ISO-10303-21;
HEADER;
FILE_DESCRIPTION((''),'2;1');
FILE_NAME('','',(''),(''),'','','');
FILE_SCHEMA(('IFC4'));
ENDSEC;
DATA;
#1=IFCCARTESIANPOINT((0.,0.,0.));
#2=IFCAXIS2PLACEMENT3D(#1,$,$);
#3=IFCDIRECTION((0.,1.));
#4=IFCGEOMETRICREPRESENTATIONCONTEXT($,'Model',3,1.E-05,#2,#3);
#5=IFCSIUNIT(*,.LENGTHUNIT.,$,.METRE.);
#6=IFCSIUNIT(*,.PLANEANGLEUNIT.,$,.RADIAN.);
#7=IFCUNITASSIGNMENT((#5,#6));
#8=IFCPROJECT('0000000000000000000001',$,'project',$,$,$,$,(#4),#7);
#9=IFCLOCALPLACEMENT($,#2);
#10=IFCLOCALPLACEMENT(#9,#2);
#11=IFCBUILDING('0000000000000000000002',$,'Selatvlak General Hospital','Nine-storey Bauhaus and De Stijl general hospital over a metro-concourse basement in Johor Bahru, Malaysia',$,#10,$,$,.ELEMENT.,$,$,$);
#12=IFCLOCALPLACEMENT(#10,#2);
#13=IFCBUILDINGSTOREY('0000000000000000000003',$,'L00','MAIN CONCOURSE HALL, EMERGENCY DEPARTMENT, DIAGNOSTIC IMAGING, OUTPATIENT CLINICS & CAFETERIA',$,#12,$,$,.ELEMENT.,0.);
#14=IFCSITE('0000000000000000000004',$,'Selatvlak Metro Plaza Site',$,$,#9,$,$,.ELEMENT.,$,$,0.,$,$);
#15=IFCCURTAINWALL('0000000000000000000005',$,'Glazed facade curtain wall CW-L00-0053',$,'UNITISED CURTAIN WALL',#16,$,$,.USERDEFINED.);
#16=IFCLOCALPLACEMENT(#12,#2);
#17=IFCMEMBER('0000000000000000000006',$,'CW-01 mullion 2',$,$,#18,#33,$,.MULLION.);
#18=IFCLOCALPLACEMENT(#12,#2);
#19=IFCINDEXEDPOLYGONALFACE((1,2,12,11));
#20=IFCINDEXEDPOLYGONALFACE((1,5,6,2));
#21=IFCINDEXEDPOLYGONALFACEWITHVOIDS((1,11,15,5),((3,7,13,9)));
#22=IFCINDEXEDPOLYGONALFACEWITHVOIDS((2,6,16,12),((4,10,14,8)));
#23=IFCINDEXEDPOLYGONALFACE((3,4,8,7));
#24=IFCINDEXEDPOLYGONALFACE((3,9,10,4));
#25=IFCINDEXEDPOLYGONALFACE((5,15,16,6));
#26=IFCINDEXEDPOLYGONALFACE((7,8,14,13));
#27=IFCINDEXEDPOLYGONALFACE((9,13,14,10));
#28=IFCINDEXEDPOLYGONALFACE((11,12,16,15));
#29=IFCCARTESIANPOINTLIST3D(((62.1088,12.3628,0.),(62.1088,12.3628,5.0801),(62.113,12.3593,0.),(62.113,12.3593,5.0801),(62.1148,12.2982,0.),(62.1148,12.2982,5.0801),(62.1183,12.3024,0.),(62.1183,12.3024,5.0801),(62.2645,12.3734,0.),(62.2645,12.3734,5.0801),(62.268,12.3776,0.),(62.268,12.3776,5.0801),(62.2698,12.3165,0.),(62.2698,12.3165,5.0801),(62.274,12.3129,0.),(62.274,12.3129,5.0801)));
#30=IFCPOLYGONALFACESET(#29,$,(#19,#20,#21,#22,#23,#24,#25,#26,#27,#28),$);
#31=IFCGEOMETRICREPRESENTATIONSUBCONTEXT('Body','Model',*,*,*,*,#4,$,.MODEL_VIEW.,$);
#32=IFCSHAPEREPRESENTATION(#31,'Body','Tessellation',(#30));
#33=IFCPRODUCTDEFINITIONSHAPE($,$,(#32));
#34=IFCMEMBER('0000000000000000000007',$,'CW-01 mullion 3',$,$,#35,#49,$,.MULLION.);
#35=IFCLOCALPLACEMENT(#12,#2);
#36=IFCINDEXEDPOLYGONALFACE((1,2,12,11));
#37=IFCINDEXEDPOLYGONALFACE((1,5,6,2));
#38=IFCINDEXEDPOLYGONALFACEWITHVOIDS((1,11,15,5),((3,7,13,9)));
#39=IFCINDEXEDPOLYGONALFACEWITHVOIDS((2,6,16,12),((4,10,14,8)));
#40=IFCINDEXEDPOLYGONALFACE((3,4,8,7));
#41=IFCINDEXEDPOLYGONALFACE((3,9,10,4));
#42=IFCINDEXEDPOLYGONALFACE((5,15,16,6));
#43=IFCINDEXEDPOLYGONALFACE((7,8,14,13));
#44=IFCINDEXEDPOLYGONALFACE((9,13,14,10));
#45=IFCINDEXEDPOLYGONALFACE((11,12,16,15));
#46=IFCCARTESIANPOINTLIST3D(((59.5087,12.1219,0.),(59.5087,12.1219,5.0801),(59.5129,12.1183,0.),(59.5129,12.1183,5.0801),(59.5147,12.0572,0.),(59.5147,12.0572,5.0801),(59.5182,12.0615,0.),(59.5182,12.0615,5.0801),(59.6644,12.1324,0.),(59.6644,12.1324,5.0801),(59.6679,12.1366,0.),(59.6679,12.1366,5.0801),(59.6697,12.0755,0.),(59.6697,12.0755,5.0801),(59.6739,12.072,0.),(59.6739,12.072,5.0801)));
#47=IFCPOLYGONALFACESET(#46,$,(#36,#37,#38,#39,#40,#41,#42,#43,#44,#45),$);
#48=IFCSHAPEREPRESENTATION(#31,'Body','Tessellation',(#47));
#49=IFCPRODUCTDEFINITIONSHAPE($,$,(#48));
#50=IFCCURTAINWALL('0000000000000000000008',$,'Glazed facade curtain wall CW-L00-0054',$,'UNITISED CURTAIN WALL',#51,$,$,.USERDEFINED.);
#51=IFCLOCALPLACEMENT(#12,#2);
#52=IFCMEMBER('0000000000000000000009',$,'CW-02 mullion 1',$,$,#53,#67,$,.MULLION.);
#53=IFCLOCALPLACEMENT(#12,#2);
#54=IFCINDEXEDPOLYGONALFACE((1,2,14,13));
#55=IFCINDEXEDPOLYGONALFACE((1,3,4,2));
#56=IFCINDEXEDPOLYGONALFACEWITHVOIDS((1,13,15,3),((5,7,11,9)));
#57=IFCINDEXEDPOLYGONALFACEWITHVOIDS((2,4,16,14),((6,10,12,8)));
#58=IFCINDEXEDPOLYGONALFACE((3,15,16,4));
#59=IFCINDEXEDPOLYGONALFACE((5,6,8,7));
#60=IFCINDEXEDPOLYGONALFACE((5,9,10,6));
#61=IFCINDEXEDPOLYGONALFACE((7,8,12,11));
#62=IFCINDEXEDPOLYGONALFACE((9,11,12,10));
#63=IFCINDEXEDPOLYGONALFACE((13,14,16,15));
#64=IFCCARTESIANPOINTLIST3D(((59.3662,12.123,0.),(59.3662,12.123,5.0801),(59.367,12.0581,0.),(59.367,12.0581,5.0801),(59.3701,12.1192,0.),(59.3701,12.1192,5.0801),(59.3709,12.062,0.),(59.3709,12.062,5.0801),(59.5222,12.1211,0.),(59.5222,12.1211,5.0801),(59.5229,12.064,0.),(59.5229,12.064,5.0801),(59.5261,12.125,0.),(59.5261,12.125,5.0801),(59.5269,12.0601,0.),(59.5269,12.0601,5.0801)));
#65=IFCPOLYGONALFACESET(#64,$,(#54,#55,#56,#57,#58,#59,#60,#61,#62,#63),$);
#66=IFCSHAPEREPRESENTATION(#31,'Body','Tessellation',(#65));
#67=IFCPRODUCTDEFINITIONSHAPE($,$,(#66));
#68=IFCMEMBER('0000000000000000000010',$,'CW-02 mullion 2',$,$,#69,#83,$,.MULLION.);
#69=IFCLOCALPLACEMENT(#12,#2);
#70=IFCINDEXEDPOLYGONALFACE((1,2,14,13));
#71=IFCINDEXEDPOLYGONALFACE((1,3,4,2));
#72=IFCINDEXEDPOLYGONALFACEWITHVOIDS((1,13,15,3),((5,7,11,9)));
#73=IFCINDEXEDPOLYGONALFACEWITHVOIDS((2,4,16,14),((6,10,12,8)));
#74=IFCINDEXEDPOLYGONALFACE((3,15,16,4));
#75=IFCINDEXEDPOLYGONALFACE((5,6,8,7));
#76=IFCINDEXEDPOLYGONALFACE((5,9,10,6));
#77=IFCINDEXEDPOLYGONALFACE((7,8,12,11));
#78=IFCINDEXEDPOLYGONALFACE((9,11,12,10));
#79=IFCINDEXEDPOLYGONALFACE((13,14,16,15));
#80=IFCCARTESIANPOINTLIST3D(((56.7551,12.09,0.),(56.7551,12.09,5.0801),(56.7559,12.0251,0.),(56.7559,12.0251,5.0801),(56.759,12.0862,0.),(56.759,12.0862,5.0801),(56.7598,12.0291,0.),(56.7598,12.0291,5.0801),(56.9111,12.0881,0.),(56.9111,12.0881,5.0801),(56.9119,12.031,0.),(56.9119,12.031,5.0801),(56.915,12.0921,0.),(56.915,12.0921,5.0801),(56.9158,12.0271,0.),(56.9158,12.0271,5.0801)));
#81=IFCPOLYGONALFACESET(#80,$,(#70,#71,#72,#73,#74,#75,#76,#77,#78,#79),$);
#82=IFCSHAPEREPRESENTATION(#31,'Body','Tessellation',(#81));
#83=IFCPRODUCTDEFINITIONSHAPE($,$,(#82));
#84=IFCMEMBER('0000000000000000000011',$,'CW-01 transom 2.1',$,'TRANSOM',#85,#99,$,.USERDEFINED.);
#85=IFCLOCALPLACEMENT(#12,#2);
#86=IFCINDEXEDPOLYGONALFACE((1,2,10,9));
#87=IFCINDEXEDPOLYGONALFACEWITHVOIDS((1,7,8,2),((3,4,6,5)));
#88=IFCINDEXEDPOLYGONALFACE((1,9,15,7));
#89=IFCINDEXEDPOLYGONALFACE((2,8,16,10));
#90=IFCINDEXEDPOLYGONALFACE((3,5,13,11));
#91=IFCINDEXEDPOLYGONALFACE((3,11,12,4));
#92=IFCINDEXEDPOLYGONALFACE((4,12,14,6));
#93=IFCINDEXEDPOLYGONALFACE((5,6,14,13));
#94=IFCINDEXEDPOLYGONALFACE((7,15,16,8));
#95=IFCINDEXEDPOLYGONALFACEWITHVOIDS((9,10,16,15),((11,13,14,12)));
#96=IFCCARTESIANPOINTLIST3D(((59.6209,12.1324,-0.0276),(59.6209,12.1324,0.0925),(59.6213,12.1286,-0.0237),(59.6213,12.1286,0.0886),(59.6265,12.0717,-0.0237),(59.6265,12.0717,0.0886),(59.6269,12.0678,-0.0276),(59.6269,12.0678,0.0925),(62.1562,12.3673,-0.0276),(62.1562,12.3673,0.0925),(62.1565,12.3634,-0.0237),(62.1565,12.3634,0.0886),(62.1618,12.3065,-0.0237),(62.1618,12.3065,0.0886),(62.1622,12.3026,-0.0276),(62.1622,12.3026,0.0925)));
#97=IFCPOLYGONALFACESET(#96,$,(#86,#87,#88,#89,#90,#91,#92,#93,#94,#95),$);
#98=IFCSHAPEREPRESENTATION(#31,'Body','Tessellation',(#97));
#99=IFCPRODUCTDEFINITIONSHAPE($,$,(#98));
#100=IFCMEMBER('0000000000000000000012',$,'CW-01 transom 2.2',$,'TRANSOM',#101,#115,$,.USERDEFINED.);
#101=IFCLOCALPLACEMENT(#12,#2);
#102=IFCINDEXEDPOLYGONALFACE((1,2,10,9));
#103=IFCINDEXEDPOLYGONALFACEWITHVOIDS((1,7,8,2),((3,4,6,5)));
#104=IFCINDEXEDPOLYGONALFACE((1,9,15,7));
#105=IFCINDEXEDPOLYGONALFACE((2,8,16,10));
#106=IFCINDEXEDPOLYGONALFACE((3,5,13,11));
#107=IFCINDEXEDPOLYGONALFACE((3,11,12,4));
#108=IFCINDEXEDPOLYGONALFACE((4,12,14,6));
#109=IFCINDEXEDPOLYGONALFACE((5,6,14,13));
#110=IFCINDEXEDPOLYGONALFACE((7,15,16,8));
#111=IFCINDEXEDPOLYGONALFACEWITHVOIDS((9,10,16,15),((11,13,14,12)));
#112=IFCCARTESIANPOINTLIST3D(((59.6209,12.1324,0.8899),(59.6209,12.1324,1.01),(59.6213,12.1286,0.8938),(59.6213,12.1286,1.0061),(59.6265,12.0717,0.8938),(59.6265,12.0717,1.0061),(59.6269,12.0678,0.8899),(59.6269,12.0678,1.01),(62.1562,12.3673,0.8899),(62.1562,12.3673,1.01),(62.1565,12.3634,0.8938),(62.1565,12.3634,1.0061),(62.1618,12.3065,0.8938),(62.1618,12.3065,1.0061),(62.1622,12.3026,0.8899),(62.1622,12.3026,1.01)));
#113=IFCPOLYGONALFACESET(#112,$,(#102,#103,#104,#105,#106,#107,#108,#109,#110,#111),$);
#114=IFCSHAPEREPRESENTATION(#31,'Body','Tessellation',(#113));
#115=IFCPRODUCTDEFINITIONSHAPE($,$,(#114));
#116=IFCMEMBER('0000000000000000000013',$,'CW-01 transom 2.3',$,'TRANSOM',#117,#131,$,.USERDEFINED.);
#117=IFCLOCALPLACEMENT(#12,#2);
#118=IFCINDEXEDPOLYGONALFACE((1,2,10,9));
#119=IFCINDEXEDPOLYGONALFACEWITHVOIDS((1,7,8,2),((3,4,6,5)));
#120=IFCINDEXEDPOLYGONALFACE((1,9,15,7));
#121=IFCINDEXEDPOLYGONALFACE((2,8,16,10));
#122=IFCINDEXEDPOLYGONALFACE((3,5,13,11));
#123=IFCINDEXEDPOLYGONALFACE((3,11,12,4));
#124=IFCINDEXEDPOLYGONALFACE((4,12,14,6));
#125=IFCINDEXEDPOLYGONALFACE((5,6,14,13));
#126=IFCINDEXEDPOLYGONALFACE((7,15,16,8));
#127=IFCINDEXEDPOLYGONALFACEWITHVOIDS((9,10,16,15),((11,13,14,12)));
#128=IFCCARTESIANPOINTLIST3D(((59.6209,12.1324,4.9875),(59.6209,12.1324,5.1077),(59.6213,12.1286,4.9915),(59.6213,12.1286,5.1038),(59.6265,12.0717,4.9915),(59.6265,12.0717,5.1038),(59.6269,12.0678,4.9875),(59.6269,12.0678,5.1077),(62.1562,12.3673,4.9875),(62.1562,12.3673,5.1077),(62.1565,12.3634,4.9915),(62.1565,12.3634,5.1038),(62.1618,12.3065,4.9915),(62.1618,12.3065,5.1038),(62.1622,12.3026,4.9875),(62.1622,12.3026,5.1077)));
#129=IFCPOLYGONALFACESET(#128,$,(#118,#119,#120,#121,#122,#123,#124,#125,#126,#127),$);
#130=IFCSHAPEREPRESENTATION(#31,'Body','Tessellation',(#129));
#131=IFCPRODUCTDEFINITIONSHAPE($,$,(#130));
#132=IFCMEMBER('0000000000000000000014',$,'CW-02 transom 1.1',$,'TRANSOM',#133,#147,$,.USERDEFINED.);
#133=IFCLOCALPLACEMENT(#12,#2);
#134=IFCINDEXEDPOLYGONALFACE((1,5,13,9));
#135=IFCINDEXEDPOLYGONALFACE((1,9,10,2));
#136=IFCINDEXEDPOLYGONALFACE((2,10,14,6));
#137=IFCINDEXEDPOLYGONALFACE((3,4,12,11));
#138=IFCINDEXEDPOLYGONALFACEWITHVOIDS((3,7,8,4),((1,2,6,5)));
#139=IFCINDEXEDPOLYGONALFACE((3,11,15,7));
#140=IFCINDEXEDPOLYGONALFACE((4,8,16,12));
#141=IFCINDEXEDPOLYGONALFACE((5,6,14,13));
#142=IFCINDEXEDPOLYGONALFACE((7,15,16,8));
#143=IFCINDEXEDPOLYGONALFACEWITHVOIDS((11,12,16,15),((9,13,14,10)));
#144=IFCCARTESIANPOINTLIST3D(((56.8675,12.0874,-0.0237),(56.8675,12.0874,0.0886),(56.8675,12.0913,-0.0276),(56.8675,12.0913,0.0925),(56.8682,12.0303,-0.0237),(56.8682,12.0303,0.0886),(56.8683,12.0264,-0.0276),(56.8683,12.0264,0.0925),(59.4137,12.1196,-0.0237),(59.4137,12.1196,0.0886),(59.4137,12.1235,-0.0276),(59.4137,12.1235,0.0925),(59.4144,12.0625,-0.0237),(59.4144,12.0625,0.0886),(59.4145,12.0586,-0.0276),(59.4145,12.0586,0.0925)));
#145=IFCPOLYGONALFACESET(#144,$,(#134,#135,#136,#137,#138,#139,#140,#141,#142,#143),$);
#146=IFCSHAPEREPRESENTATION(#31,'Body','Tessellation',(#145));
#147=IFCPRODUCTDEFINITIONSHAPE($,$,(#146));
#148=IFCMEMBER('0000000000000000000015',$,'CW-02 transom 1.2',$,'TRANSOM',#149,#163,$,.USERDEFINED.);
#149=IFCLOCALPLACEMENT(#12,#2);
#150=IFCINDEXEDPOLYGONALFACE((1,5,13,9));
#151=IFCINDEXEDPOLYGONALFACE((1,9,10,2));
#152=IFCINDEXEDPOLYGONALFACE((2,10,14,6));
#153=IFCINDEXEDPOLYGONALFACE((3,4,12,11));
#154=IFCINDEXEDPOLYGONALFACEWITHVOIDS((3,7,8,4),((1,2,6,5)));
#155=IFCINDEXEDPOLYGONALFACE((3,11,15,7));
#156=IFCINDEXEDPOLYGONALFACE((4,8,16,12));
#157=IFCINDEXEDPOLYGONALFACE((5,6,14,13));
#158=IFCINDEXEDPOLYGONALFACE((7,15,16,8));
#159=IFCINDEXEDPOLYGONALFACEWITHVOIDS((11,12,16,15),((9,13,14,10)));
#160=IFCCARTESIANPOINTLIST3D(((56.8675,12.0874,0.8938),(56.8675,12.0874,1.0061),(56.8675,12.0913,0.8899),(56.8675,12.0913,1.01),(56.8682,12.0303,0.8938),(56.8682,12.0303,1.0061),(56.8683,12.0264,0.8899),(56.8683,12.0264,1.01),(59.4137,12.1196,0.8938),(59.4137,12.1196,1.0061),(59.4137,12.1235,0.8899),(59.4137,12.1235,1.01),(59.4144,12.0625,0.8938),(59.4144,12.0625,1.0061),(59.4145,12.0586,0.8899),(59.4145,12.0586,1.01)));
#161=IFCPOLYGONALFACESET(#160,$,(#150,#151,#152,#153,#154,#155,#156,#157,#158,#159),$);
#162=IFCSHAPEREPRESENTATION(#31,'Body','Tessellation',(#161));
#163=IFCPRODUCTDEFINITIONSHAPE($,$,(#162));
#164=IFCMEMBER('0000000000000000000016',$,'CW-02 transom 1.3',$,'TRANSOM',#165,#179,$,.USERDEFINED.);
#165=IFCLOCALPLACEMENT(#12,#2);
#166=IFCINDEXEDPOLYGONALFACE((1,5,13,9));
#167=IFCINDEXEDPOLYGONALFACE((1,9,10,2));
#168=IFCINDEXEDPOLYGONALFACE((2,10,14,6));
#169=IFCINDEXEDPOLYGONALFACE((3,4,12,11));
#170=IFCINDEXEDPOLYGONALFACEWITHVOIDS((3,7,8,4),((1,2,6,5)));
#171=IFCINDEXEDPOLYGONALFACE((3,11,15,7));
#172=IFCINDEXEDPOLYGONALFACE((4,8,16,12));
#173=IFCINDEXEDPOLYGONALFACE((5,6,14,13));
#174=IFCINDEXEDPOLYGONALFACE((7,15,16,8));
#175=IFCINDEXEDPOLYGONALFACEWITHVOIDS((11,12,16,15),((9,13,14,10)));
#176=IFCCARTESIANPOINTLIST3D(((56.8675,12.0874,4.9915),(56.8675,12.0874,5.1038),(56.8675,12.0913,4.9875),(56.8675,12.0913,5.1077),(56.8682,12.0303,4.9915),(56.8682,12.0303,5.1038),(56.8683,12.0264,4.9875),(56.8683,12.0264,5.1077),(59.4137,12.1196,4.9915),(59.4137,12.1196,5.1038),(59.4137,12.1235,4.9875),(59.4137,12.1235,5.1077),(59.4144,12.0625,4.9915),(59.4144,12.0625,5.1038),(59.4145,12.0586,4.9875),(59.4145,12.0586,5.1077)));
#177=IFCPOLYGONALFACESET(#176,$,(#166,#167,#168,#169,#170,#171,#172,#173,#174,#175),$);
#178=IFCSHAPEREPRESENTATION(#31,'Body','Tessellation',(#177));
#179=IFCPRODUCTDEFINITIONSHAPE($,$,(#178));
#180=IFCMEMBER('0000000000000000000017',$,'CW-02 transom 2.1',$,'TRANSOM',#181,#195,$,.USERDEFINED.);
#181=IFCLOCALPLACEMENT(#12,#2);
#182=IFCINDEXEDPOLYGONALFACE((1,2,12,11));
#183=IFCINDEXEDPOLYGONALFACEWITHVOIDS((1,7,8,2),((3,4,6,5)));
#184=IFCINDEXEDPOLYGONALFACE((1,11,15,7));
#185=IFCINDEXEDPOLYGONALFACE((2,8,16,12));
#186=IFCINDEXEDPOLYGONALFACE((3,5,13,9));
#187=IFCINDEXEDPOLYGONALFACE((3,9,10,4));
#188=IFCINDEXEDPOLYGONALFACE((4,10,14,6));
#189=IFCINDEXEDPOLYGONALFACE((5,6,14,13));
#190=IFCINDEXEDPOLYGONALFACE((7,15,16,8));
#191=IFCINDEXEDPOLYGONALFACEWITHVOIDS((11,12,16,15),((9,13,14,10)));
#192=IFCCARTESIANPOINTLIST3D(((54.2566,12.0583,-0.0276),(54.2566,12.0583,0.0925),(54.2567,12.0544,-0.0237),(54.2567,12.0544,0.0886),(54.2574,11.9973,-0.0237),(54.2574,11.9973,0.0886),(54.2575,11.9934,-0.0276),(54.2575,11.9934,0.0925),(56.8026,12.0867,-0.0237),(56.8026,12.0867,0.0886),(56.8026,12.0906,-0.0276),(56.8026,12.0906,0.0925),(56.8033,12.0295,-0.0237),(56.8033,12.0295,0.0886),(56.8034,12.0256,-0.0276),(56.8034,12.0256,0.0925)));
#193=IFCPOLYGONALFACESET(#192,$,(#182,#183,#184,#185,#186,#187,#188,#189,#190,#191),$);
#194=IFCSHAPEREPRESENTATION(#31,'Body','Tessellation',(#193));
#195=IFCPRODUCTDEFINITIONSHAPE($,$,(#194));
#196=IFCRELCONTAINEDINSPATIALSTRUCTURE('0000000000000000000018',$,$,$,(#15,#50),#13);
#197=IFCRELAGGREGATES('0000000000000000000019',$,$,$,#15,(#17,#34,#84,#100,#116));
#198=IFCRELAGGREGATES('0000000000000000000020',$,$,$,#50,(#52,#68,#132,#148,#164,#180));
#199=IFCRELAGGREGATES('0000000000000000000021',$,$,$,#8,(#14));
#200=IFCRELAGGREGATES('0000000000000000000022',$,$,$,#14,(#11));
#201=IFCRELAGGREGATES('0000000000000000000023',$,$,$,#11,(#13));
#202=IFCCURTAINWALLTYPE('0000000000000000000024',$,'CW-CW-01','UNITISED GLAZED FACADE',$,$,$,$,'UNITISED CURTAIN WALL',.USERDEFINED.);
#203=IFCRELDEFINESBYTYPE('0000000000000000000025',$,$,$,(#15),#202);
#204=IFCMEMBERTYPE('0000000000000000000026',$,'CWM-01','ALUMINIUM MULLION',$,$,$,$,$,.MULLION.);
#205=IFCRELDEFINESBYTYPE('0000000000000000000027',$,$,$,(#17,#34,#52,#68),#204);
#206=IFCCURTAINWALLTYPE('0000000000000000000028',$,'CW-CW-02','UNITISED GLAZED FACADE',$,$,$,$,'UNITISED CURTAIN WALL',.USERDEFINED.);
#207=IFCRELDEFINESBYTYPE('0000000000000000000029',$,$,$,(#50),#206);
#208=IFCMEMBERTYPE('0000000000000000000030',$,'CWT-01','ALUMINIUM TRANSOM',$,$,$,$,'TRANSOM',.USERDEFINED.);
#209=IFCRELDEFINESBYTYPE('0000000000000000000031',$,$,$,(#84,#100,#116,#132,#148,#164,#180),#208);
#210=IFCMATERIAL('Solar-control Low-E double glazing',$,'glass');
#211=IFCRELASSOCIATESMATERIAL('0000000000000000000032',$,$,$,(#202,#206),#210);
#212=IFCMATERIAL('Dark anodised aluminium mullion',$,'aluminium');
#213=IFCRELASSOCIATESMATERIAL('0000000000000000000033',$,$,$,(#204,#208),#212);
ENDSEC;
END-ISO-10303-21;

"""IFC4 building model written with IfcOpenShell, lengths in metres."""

from ifc_helpers import new_model, si_unit, direction, frame, origin, origin_2d, place, context, subcontext, project, spatial, hollow_rectangle, extrude, material, material_profile, profile_set, type_object, element, aggregate, save


model = new_model("IFC4")

# Units and contexts
model_context = context("Model", 3, precision=1e-05, world=origin(), true_north=direction((0.0, 1.0)))
body_context = subcontext(model_context, "Body", "Model", "MODEL_VIEW")
ifc_project = project(units=[si_unit("LENGTHUNIT", "METRE"), si_unit("PLANEANGLEUNIT", "RADIAN")], contexts=[model_context])

# Site, building, storey
site_placement = place(None, origin())
site = spatial("IfcSite", under=ifc_project, at=site_placement, Name="Selatvlak Metro Plaza Site", CompositionType="ELEMENT", RefElevation=0.0)
building_placement = place(site_placement, origin())
building = spatial("IfcBuilding", under=site, at=building_placement, Name="Selatvlak General Hospital", Description="Nine-storey Bauhaus and De Stijl general hospital over a metro-concourse basement in Johor Bahru, Malaysia", CompositionType="ELEMENT")
storey_placement = place(building_placement, origin())
storey = spatial("IfcBuildingStorey", under=building, at=storey_placement, Name="L00", Description="MAIN CONCOURSE HALL, EMERGENCY DEPARTMENT, DIAGNOSTIC IMAGING, OUTPATIENT CLINICS & CAFETERIA", CompositionType="ELEMENT", Elevation=0.0)

# Curtain walls, members
ifc_material_1 = material(Name="Solar-control Low-E double glazing", Category="glass")
curtain_wall_type_1 = type_object("IfcCurtainWallType", Name="CW-CW-01", Description="UNITISED GLAZED FACADE", ElementType="UNITISED CURTAIN WALL", PredefinedType="USERDEFINED", material=ifc_material_1)
curtain_wall_1_placement = place(storey_placement, origin())
curtain_wall_1 = element("IfcCurtainWall", 1, at=curtain_wall_1_placement, inside=storey, type_object=curtain_wall_type_1, Name="Glazed facade curtain wall CW-L00-0053", ObjectType="UNITISED CURTAIN WALL", PredefinedType="USERDEFINED")
ifc_material_2 = material(Name="Dark anodised aluminium mullion", Category="aluminium")
ifc_material_profile_1 = material_profile(ifc_material_2, hollow_rectangle(XDim=0.0649, YDim=0.1599, WallThickness=0.0039, at=origin_2d()), Name="AL-MUL 65x160x4")
ifc_profile_set_1 = profile_set([ifc_material_profile_1], Name="Dark anodised aluminium mullion")
member_type_1 = type_object("IfcMemberType", Name="CWM-01", Description="ALUMINIUM MULLION", PredefinedType="MULLION", material=ifc_profile_set_1)
member_1_placement = place(storey_placement, frame((62.1914, 12.3379, 0.0), z_axis=(0.0, 0.0, 1.0), x_axis=(0.092292, -0.995732, 0.0)))
member_1 = element("IfcMember", 2, at=member_1_placement, type_object=member_type_1, Name="CW-01 mullion 2", PredefinedType="MULLION", context=body_context, shape_type="SweptSolid", body=[
    extrude(hollow_rectangle(XDim=0.0649, YDim=0.1599, WallThickness=0.0039, at=origin_2d()), origin(), (0.0, 0.0, 1.0), 5.0801),
])
member_2_placement = place(storey_placement, frame((59.5913, 12.0969, 0.0), z_axis=(0.0, 0.0, 1.0), x_axis=(0.092292, -0.995732, 0.0)))
member_2 = element("IfcMember", 3, at=member_2_placement, type_object=member_type_1, Name="CW-01 mullion 3", PredefinedType="MULLION", context=body_context, shape_type="SweptSolid", body=[
    extrude(hollow_rectangle(XDim=0.0649, YDim=0.1599, WallThickness=0.0039, at=origin_2d()), origin(), (0.0, 0.0, 1.0), 5.0801),
])
curtain_wall_type_2 = type_object("IfcCurtainWallType", Name="CW-CW-02", Description="UNITISED GLAZED FACADE", ElementType="UNITISED CURTAIN WALL", PredefinedType="USERDEFINED", material=ifc_material_1)
curtain_wall_2_placement = place(storey_placement, origin())
curtain_wall_2 = element("IfcCurtainWall", 4, at=curtain_wall_2_placement, inside=storey, type_object=curtain_wall_type_2, Name="Glazed facade curtain wall CW-L00-0054", ObjectType="UNITISED CURTAIN WALL", PredefinedType="USERDEFINED")
member_3_placement = place(storey_placement, frame((59.4465, 12.0916, 0.0), z_axis=(0.0, 0.0, 1.0), x_axis=(0.012672, -0.99992, 0.0)))
member_3 = element("IfcMember", 5, at=member_3_placement, type_object=member_type_1, Name="CW-02 mullion 1", PredefinedType="MULLION", context=body_context, shape_type="SweptSolid", body=[
    extrude(hollow_rectangle(XDim=0.0649, YDim=0.1599, WallThickness=0.0039, at=origin_2d()), origin(), (0.0, 0.0, 1.0), 5.0801),
])
member_4_placement = place(storey_placement, frame((56.8354, 12.0586, 0.0), z_axis=(0.0, 0.0, 1.0), x_axis=(0.012672, -0.99992, 0.0)))
member_4 = element("IfcMember", 6, at=member_4_placement, type_object=member_type_1, Name="CW-02 mullion 2", PredefinedType="MULLION", context=body_context, shape_type="SweptSolid", body=[
    extrude(hollow_rectangle(XDim=0.0649, YDim=0.1599, WallThickness=0.0039, at=origin_2d()), origin(), (0.0, 0.0, 1.0), 5.0801),
])

# Members
ifc_material_profile_2 = material_profile(ifc_material_2, hollow_rectangle(XDim=0.0649, YDim=0.1201, WallThickness=0.0039, at=origin_2d()), Name="AL-TRN 65x120x4")
ifc_profile_set_2 = profile_set([ifc_material_profile_2], Name="Dark anodised aluminium mullion")
member_type_2 = type_object("IfcMemberType", Name="CWT-01", Description="ALUMINIUM TRANSOM", ElementType="TRANSOM", PredefinedType="USERDEFINED", material=ifc_profile_set_2)
member_5_placement = place(storey_placement, frame((62.1592, 12.335, 0.0325), z_axis=(-0.995737, -0.092239, 0.0), x_axis=(0.092239, -0.995737, 0.0)))
member_5 = element("IfcMember", 7, at=member_5_placement, type_object=member_type_2, Name="CW-01 transom 2.1", ObjectType="TRANSOM", PredefinedType="USERDEFINED", context=body_context, shape_type="SweptSolid", body=[
    extrude(hollow_rectangle(XDim=0.0649, YDim=0.1201, WallThickness=0.0039, at=origin_2d()), origin(), (0.0, 0.0, 1.0), 2.5461),
])
member_6_placement = place(storey_placement, frame((62.1592, 12.335, 0.95), z_axis=(-0.995737, -0.092239, 0.0), x_axis=(0.092239, -0.995737, 0.0)))
member_6 = element("IfcMember", 8, at=member_6_placement, type_object=member_type_2, Name="CW-01 transom 2.2", ObjectType="TRANSOM", PredefinedType="USERDEFINED", context=body_context, shape_type="SweptSolid", body=[
    extrude(hollow_rectangle(XDim=0.0649, YDim=0.1201, WallThickness=0.0039, at=origin_2d()), origin(), (0.0, 0.0, 1.0), 2.5461),
])
member_7_placement = place(storey_placement, frame((62.1592, 12.335, 5.0476), z_axis=(-0.995737, -0.092239, 0.0), x_axis=(0.092239, -0.995737, 0.0)))
member_7 = element("IfcMember", 9, at=member_7_placement, type_object=member_type_2, Name="CW-01 transom 2.3", ObjectType="TRANSOM", PredefinedType="USERDEFINED", context=body_context, shape_type="SweptSolid", body=[
    extrude(hollow_rectangle(XDim=0.0649, YDim=0.1201, WallThickness=0.0039, at=origin_2d()), origin(), (0.0, 0.0, 1.0), 2.5461),
])
member_8_placement = place(storey_placement, frame((59.4141, 12.0911, 0.0325), z_axis=(-0.99992, -0.012656, 0.0), x_axis=(0.012656, -0.99992, 0.0)))
member_8 = element("IfcMember", 10, at=member_8_placement, type_object=member_type_2, Name="CW-02 transom 1.1", ObjectType="TRANSOM", PredefinedType="USERDEFINED", context=body_context, shape_type="SweptSolid", body=[
    extrude(hollow_rectangle(XDim=0.0649, YDim=0.1201, WallThickness=0.0039, at=origin_2d()), origin(), (0.0, 0.0, 1.0), 2.5464),
])
member_9_placement = place(storey_placement, frame((59.4141, 12.0911, 0.95), z_axis=(-0.99992, -0.012656, 0.0), x_axis=(0.012656, -0.99992, 0.0)))
member_9 = element("IfcMember", 11, at=member_9_placement, type_object=member_type_2, Name="CW-02 transom 1.2", ObjectType="TRANSOM", PredefinedType="USERDEFINED", context=body_context, shape_type="SweptSolid", body=[
    extrude(hollow_rectangle(XDim=0.0649, YDim=0.1201, WallThickness=0.0039, at=origin_2d()), origin(), (0.0, 0.0, 1.0), 2.5464),
])
member_10_placement = place(storey_placement, frame((59.4141, 12.0911, 5.0476), z_axis=(-0.99992, -0.012656, 0.0), x_axis=(0.012656, -0.99992, 0.0)))
member_10 = element("IfcMember", 12, at=member_10_placement, type_object=member_type_2, Name="CW-02 transom 1.3", ObjectType="TRANSOM", PredefinedType="USERDEFINED", context=body_context, shape_type="SweptSolid", body=[
    extrude(hollow_rectangle(XDim=0.0649, YDim=0.1201, WallThickness=0.0039, at=origin_2d()), origin(), (0.0, 0.0, 1.0), 2.5464),
])
member_11_placement = place(storey_placement, frame((56.803, 12.0581, 0.0325), z_axis=(-0.99992, -0.012657, 0.0), x_axis=(0.012657, -0.99992, 0.0)))
member_11 = element("IfcMember", 13, at=member_11_placement, type_object=member_type_2, Name="CW-02 transom 2.1", ObjectType="TRANSOM", PredefinedType="USERDEFINED", context=body_context, shape_type="SweptSolid", body=[
    extrude(hollow_rectangle(XDim=0.0649, YDim=0.1201, WallThickness=0.0039, at=origin_2d()), origin(), (0.0, 0.0, 1.0), 2.5461),
])

aggregate(curtain_wall_1, [member_1, member_2, member_5, member_6, member_7])
aggregate(curtain_wall_2, [member_3, member_4, member_8, member_9, member_10, member_11])

save(model, "model.ifc")
